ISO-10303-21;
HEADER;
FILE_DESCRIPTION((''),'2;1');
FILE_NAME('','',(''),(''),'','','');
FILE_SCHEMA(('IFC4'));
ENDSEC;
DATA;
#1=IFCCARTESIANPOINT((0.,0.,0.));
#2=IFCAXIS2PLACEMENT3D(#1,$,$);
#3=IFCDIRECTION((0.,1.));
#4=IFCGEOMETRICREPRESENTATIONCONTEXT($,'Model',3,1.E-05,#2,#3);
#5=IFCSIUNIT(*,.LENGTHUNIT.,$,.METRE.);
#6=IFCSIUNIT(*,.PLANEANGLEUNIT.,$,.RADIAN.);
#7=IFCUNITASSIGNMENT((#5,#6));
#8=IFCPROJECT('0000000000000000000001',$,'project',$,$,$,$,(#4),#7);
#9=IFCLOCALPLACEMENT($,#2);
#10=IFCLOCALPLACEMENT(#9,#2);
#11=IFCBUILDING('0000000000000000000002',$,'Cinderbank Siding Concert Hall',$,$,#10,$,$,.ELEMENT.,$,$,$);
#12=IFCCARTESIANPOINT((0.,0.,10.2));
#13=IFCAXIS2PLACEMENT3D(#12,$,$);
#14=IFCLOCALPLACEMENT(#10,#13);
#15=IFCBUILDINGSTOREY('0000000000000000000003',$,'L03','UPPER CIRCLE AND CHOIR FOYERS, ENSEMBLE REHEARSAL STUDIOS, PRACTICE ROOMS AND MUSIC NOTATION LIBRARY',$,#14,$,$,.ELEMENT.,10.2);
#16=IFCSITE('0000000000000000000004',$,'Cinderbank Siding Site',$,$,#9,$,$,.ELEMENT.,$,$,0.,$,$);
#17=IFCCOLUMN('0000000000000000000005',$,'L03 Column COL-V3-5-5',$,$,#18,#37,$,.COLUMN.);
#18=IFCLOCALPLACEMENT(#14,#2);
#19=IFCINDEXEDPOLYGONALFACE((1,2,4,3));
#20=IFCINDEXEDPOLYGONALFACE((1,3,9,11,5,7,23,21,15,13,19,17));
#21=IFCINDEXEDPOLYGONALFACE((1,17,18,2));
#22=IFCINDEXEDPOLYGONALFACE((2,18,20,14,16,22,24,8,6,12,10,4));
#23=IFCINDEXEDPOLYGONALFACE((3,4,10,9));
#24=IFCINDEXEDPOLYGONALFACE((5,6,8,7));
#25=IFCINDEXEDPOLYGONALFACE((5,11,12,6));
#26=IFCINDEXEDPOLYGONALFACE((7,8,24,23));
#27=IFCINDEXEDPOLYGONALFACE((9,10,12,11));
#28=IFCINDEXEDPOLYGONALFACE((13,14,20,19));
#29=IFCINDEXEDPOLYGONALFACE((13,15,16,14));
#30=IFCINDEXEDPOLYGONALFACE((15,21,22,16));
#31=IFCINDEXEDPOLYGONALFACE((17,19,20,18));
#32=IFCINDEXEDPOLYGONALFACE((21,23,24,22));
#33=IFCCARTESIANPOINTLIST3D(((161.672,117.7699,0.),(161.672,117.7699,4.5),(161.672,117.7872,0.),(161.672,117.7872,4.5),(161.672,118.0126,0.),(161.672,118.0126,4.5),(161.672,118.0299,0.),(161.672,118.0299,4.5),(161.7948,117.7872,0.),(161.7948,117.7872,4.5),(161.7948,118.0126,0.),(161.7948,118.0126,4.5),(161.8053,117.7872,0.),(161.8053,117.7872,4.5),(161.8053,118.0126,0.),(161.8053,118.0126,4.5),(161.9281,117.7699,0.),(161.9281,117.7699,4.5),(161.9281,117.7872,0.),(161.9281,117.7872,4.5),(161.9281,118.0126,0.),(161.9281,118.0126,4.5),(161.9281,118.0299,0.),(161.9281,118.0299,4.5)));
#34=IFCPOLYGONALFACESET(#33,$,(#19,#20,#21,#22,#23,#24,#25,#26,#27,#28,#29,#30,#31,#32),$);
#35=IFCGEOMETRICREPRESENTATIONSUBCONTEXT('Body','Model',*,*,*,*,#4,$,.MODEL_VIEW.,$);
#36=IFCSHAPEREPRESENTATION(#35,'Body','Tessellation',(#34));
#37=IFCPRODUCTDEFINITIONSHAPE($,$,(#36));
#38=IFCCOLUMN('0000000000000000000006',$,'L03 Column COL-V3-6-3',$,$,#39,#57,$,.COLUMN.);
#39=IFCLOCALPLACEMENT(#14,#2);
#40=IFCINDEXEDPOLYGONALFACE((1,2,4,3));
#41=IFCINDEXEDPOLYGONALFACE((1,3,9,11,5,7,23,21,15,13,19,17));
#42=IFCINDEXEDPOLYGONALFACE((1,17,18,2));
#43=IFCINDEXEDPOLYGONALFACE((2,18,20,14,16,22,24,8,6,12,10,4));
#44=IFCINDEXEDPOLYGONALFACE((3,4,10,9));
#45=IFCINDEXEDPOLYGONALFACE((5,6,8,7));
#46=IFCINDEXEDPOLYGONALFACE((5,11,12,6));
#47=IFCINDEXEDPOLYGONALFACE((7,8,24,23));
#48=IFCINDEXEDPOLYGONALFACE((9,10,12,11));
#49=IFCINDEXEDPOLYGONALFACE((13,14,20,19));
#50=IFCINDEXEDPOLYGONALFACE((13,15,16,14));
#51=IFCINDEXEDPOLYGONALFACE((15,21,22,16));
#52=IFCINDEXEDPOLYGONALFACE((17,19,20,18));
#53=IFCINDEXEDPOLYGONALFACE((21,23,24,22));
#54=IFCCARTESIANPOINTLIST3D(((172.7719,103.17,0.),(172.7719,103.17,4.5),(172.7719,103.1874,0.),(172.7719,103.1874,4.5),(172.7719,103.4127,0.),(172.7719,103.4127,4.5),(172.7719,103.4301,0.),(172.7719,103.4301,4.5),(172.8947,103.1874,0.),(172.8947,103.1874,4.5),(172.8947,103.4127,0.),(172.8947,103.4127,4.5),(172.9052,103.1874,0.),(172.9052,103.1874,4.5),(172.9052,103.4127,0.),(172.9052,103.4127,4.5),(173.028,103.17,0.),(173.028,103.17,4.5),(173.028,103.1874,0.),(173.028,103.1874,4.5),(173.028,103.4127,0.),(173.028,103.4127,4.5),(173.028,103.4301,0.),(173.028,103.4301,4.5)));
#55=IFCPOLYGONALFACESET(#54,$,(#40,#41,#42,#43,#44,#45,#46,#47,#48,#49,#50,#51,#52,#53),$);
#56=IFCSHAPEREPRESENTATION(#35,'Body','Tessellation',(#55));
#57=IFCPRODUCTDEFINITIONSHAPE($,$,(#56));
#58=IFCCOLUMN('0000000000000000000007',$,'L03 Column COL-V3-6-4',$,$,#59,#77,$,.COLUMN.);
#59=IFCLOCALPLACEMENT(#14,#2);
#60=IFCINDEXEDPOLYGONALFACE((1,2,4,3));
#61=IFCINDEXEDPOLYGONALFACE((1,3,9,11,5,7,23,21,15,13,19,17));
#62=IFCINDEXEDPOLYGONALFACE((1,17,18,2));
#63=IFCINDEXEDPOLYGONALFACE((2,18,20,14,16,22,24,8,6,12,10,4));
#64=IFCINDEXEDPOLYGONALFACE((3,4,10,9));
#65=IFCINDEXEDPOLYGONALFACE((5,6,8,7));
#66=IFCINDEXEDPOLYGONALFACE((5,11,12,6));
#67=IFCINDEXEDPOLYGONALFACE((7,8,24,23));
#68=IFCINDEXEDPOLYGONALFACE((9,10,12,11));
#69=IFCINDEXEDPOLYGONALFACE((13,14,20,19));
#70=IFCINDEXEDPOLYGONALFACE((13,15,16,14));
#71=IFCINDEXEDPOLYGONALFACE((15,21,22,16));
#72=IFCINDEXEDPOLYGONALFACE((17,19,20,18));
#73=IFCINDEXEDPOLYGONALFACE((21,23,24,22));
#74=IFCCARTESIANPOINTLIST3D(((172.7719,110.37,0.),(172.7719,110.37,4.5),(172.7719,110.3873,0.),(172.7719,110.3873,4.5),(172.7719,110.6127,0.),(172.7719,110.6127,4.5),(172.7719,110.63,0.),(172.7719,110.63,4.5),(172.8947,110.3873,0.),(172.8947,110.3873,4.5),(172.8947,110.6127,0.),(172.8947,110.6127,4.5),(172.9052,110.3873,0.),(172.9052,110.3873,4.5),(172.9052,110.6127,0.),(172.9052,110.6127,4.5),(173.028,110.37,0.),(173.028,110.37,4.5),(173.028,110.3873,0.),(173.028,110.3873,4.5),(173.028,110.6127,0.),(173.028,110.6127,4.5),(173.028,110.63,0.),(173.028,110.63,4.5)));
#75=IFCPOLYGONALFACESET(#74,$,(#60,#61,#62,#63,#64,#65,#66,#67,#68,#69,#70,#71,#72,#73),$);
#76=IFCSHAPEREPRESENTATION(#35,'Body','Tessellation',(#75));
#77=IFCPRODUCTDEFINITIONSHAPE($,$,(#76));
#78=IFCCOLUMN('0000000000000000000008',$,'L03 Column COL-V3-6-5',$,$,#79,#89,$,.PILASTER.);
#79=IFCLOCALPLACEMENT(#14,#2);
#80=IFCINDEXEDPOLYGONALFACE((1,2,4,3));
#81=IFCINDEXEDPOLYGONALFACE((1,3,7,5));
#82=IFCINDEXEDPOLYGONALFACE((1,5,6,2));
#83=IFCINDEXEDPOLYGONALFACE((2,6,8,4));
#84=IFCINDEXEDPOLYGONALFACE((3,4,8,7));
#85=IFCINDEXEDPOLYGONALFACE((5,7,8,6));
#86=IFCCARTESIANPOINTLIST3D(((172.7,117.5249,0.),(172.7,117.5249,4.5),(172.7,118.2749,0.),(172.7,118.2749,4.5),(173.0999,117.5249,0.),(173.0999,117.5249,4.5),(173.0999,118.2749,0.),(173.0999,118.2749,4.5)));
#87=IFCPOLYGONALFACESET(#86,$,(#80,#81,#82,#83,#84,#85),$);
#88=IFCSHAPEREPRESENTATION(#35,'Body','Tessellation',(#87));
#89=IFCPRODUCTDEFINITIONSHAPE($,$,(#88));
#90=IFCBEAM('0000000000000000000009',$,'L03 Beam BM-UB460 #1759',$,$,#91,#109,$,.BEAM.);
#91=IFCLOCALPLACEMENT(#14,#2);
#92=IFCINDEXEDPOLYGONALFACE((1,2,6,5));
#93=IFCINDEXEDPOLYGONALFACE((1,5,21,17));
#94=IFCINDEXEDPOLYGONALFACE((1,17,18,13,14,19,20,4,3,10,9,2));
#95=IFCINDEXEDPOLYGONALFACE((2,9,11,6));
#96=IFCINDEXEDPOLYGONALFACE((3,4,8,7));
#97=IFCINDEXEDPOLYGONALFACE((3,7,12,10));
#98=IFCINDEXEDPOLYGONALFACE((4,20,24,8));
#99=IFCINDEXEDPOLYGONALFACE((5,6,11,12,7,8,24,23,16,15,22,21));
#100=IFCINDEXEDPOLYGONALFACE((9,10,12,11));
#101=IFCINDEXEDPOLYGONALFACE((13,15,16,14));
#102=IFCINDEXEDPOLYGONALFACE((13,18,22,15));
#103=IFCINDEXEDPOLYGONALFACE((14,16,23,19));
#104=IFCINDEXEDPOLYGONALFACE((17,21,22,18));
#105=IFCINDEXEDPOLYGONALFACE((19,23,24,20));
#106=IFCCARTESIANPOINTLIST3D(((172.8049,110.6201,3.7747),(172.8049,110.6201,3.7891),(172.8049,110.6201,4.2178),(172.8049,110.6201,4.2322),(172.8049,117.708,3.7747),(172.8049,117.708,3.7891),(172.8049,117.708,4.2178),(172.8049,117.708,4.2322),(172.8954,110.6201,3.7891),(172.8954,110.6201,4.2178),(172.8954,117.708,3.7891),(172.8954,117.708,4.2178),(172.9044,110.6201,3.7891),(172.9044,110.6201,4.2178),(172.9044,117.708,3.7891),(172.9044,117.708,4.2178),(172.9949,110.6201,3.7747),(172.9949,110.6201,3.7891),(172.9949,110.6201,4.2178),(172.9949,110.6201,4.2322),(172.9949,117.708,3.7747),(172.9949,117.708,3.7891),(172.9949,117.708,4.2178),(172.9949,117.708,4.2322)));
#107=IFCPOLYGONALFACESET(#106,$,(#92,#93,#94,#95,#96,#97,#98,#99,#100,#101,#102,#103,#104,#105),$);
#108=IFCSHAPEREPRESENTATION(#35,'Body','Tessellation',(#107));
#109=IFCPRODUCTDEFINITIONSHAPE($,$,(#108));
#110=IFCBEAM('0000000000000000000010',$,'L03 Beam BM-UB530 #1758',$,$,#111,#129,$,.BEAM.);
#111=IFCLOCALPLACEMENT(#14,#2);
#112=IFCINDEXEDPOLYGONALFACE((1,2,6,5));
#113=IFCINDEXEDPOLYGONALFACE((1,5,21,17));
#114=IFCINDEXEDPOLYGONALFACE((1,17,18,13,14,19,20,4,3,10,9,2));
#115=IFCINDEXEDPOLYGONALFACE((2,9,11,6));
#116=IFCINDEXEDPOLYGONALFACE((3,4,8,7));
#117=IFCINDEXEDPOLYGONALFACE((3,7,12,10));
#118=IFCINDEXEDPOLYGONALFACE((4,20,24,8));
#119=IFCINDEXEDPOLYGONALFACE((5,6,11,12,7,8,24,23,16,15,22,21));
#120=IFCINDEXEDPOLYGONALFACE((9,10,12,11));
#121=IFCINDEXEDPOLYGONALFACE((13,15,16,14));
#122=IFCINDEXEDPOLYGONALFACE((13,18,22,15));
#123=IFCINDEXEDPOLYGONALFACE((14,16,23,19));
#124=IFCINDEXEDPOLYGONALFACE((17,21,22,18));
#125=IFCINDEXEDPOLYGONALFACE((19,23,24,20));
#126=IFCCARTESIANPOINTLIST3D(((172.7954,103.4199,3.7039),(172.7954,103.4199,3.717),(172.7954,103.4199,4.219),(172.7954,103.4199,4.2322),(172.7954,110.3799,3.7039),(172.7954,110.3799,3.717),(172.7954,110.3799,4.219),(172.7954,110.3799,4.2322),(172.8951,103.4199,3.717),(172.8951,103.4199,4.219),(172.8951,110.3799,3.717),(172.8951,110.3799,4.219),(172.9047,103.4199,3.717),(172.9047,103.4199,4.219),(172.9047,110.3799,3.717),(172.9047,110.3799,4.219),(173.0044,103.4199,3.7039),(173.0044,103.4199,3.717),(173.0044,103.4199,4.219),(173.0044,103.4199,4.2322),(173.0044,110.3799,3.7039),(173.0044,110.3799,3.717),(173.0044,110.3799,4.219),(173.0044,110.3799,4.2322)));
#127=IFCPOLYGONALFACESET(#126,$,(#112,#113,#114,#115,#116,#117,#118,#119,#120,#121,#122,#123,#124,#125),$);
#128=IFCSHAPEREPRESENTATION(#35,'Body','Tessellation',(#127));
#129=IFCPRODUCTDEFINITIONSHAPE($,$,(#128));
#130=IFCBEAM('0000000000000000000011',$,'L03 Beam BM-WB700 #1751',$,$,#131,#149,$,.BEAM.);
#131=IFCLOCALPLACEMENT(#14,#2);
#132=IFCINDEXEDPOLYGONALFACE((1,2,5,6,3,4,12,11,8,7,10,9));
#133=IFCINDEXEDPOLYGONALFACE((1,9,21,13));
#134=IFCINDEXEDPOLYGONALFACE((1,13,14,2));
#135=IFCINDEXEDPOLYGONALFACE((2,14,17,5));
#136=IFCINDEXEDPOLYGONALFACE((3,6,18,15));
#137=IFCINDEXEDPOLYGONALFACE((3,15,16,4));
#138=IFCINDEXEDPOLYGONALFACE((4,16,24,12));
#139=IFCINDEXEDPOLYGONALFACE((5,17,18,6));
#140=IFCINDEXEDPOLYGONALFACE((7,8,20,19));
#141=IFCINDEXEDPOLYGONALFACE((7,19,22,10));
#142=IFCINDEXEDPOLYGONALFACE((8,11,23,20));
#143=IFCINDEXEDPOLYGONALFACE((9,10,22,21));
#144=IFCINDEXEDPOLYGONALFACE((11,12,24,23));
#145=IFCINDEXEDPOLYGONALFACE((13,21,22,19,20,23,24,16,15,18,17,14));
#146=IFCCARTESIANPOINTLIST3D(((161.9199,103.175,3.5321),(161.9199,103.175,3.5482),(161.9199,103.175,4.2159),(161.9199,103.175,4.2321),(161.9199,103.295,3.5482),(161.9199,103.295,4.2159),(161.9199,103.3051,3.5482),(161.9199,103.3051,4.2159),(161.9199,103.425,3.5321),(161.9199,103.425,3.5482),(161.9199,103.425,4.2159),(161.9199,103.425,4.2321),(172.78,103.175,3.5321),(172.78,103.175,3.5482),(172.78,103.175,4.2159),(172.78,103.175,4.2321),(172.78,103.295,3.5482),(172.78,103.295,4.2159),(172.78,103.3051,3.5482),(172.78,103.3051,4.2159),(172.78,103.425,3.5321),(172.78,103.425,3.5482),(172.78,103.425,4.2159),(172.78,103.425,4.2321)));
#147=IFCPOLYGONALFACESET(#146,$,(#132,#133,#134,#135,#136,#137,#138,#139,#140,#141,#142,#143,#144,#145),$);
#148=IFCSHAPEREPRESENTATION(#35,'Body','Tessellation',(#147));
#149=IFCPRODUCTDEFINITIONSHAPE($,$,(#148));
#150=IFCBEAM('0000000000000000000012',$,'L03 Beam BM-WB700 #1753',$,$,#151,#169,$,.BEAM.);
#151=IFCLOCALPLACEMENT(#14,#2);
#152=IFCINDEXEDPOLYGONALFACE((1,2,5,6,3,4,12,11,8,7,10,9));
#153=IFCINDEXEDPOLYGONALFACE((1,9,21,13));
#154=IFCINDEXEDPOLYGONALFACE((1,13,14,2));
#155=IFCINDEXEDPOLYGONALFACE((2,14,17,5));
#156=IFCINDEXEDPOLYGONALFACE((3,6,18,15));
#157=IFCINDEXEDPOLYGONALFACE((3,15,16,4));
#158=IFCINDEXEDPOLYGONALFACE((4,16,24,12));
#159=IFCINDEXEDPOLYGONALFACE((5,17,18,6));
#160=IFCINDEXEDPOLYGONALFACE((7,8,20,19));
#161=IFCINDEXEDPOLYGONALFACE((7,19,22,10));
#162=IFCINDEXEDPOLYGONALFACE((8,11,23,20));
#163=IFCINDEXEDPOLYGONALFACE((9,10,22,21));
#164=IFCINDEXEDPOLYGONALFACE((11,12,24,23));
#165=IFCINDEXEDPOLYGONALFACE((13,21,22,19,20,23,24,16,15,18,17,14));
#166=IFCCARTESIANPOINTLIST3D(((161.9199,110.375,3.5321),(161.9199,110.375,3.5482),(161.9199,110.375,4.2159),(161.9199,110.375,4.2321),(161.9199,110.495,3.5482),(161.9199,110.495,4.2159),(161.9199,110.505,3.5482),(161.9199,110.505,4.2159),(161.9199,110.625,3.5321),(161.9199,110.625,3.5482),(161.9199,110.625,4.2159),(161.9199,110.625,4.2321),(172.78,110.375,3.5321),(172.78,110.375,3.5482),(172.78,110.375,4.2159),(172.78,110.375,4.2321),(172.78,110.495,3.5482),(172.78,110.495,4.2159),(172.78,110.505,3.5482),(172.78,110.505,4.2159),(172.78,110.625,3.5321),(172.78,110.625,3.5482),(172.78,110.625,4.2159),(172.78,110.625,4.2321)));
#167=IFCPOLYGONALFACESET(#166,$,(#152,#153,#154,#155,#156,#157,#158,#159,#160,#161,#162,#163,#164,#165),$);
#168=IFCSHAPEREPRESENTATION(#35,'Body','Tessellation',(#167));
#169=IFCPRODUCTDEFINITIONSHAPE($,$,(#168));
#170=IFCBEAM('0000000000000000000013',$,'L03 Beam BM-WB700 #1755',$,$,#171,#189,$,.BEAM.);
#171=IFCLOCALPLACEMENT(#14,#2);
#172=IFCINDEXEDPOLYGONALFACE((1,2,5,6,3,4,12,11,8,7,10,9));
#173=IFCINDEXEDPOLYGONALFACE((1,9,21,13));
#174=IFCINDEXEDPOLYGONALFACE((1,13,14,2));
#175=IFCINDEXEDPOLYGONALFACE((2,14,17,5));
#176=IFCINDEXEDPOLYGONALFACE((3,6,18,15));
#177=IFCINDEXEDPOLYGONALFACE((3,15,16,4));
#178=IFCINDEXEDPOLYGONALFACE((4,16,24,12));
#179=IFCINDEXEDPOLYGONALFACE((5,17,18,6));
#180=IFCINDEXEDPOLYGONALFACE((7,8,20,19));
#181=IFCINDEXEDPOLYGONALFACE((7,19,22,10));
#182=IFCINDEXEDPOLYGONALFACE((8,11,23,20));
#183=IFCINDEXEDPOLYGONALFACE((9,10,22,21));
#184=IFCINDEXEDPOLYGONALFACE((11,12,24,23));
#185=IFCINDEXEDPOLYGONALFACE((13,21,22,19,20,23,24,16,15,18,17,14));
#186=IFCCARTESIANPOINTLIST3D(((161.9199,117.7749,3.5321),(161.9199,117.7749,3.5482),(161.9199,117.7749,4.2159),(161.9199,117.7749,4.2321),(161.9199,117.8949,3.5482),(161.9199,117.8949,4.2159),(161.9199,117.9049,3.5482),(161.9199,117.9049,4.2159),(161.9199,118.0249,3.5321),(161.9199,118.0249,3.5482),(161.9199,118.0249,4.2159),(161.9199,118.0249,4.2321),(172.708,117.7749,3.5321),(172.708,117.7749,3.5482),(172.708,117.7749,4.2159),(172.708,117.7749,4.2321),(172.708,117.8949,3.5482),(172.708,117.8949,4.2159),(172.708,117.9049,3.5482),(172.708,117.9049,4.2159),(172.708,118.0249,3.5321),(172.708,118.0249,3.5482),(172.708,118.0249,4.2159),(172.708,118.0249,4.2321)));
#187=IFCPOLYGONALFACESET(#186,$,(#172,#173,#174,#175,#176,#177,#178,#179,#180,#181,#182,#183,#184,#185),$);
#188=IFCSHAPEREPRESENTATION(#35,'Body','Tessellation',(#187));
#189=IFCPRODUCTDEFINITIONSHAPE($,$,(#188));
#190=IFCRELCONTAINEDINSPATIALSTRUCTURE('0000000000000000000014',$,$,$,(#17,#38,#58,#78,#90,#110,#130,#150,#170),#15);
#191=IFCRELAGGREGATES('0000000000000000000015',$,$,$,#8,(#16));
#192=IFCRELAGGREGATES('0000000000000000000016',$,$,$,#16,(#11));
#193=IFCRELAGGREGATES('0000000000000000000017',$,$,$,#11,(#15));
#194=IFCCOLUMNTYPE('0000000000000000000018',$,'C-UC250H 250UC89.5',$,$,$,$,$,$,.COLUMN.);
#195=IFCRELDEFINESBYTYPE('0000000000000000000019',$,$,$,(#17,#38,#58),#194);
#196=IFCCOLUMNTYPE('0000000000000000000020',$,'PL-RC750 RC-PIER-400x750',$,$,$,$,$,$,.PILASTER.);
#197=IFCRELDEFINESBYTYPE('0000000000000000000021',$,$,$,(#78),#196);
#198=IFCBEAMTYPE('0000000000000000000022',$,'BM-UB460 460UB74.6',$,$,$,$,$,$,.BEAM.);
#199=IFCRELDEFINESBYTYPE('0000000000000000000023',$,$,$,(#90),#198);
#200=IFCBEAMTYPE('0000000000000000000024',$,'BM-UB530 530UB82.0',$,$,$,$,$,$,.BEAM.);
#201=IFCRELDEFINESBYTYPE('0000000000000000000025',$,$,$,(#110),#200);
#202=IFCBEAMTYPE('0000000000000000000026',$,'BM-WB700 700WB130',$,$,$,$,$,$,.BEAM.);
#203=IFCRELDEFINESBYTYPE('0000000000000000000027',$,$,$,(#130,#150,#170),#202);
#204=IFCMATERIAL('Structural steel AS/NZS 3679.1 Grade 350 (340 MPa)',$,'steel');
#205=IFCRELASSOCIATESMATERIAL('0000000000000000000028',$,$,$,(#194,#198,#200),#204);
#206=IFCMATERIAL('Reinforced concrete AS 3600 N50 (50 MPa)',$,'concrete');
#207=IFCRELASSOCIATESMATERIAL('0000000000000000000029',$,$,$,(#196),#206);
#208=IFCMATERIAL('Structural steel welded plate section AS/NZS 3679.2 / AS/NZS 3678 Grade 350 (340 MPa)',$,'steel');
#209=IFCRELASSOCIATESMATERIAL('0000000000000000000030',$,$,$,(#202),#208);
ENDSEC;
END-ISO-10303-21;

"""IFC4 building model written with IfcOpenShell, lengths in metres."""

from ifc_helpers import new_model, si_unit, direction, frame, origin, origin_2d, place, context, subcontext, project, spatial, rectangle, i_section, extrude, material, material_profile, profile_set, type_object, element, save


model = new_model("IFC4")

# Units and contexts
model_context = context("Model", 3, precision=1e-05, world=origin(), true_north=direction((0.0, 1.0)))
body_context = subcontext(model_context, "Body", "Model", "MODEL_VIEW")
ifc_project = project(units=[si_unit("LENGTHUNIT", "METRE"), si_unit("PLANEANGLEUNIT", "RADIAN")], contexts=[model_context])

# Site, building, storey
site_placement = place(None, origin())
site = spatial("IfcSite", under=ifc_project, at=site_placement, Name="Cinderbank Siding Site", CompositionType="ELEMENT", RefElevation=0.0)
building_placement = place(site_placement, origin())
building = spatial("IfcBuilding", under=site, at=building_placement, Name="Cinderbank Siding Concert Hall", CompositionType="ELEMENT")
storey_placement = place(building_placement, frame((0.0, 0.0, 10.2)))
storey = spatial("IfcBuildingStorey", under=building, at=storey_placement, Name="L03", Description="UPPER CIRCLE AND CHOIR FOYERS, ENSEMBLE REHEARSAL STUDIOS, PRACTICE ROOMS AND MUSIC NOTATION LIBRARY", CompositionType="ELEMENT", Elevation=10.2)

# Columns
ifc_material_1 = material(Name="Structural steel AS/NZS 3679.1 Grade 350 (340 MPa)", Category="steel")
ifc_material_profile_1 = material_profile(ifc_material_1, i_section(OverallWidth=0.2561, OverallDepth=0.26, WebThickness=0.0105, FlangeThickness=0.0173, at=origin_2d()), Name="250UC89.5", Category="LoadBearing")
ifc_profile_set_1 = profile_set([ifc_material_profile_1], Name="Structural steel AS/NZS 3679.1 Grade 350 (340 MPa)")
column_type_1 = type_object("IfcColumnType", Name="C-UC250H 250UC89.5", PredefinedType="COLUMN", material=ifc_profile_set_1)
for number, where, z_axis, x_axis, name in (
    (1, (161.8, 117.8999, 0.0), (0.0, 0.0, 1.0), (1.0, 0.0, 0.0), "L03 Column COL-V3-5-5"),
    (2, (172.8999, 103.3, 0.0), (0.0, 0.0, 1.0), (1.0, 0.0, 0.0), "L03 Column COL-V3-6-3"),
    (3, (172.8999, 110.5, 0.0), (0.0, 0.0, 1.0), (1.0, 0.0, 0.0), "L03 Column COL-V3-6-4"),
):
    element("IfcColumn", number, at=place(storey_placement, frame(where, z_axis=z_axis, x_axis=x_axis)), inside=storey, type_object=column_type_1, Name=name, PredefinedType="COLUMN", context=body_context, shape_type="SweptSolid", body=[
        extrude(i_section(OverallWidth=0.2561, OverallDepth=0.26, WebThickness=0.0105, FlangeThickness=0.0173, at=origin_2d()), origin(), (0.0, 0.0, 1.0), 4.5),
    ])
ifc_material_2 = material(Name="Reinforced concrete AS 3600 N50 (50 MPa)", Category="concrete")
ifc_material_profile_2 = material_profile(ifc_material_2, rectangle(XDim=0.3999, YDim=0.75, at=origin_2d()), Name="RC-PIER-400x750", Category="LoadBearing")
ifc_profile_set_2 = profile_set([ifc_material_profile_2], Name="Reinforced concrete AS 3600 N50 (50 MPa)")
column_type_2 = type_object("IfcColumnType", Name="PL-RC750 RC-PIER-400x750", PredefinedType="PILASTER", material=ifc_profile_set_2)
column_placement = place(storey_placement, frame((172.8999, 117.8999, 0.0), z_axis=(0.0, 0.0, 1.0), x_axis=(1.0, 0.0, 0.0)))
element("IfcColumn", 4, at=column_placement, inside=storey, type_object=column_type_2, Name="L03 Column COL-V3-6-5", PredefinedType="PILASTER", context=body_context, shape_type="SweptSolid", body=[
    extrude(rectangle(XDim=0.3999, YDim=0.75, at=origin_2d()), origin(), (0.0, 0.0, 1.0), 4.5),
])

# Beams
ifc_material_profile_3 = material_profile(ifc_material_1, i_section(OverallWidth=0.1899, OverallDepth=0.4575, WebThickness=0.009, FlangeThickness=0.0144, at=origin_2d()), Name="460UB74.6", Category="LoadBearing")
ifc_profile_set_3 = profile_set([ifc_material_profile_3], Name="Structural steel AS/NZS 3679.1 Grade 350 (340 MPa)")
beam_type_1 = type_object("IfcBeamType", Name="BM-UB460 460UB74.6", PredefinedType="BEAM", material=ifc_profile_set_3)
beam_1_placement = place(storey_placement, frame((172.8999, 110.6201, 4.0034), z_axis=(0.0, 1.0, 0.0), x_axis=(-1.0, 0.0, 0.0)))
element("IfcBeam", 5, at=beam_1_placement, inside=storey, type_object=beam_type_1, Name="L03 Beam BM-UB460 #1759", PredefinedType="BEAM", context=body_context, shape_type="SweptSolid", body=[
    extrude(i_section(OverallWidth=0.1899, OverallDepth=0.4575, WebThickness=0.009, FlangeThickness=0.0144, at=origin_2d()), origin(), (0.0, 0.0, 1.0), 7.0879),
])
ifc_material_profile_4 = material_profile(ifc_material_1, i_section(OverallWidth=0.209, OverallDepth=0.5283, WebThickness=0.0095, FlangeThickness=0.0132, at=origin_2d()), Name="530UB82.0", Category="LoadBearing")
ifc_profile_set_4 = profile_set([ifc_material_profile_4], Name="Structural steel AS/NZS 3679.1 Grade 350 (340 MPa)")
beam_type_2 = type_object("IfcBeamType", Name="BM-UB530 530UB82.0", PredefinedType="BEAM", material=ifc_profile_set_4)
beam_2_placement = place(storey_placement, frame((172.8999, 103.4199, 3.968), z_axis=(0.0, 1.0, 0.0), x_axis=(-1.0, 0.0, 0.0)))
element("IfcBeam", 6, at=beam_2_placement, inside=storey, type_object=beam_type_2, Name="L03 Beam BM-UB530 #1758", PredefinedType="BEAM", context=body_context, shape_type="SweptSolid", body=[
    extrude(i_section(OverallWidth=0.209, OverallDepth=0.5283, WebThickness=0.0095, FlangeThickness=0.0132, at=origin_2d()), origin(), (0.0, 0.0, 1.0), 6.96),
])
ifc_material_3 = material(Name="Structural steel welded plate section AS/NZS 3679.2 / AS/NZS 3678 Grade 350 (340 MPa)", Category="steel")
ifc_material_profile_5 = material_profile(ifc_material_3, i_section(OverallWidth=0.25, OverallDepth=0.7, WebThickness=0.01, FlangeThickness=0.0161, at=origin_2d()), Name="700WB130", Category="LoadBearing")
ifc_profile_set_5 = profile_set([ifc_material_profile_5], Name="Structural steel welded plate section AS/NZS 3679.2 / AS/NZS 3678 Grade 350 (340 MPa)")
beam_type_3 = type_object("IfcBeamType", Name="BM-WB700 700WB130", PredefinedType="BEAM", material=ifc_profile_set_5)
for number, where, z_axis, x_axis, name in (
    (7, (161.9199, 103.3, 3.8821), (1.0, 0.0, 0.0), (0.0, 1.0, 0.0), "L03 Beam BM-WB700 #1751"),
    (8, (161.9199, 110.5, 3.8821), (1.0, 0.0, 0.0), (0.0, 1.0, 0.0), "L03 Beam BM-WB700 #1753"),
):
    element("IfcBeam", number, at=place(storey_placement, frame(where, z_axis=z_axis, x_axis=x_axis)), inside=storey, type_object=beam_type_3, Name=name, PredefinedType="BEAM", context=body_context, shape_type="SweptSolid", body=[
        extrude(i_section(OverallWidth=0.25, OverallDepth=0.7, WebThickness=0.01, FlangeThickness=0.0161, at=origin_2d()), origin(), (0.0, 0.0, 1.0), 10.8601),
    ])
beam_3_placement = place(storey_placement, frame((161.9199, 117.8999, 3.8821), z_axis=(1.0, 0.0, 0.0), x_axis=(0.0, 1.0, 0.0)))
element("IfcBeam", 9, at=beam_3_placement, inside=storey, type_object=beam_type_3, Name="L03 Beam BM-WB700 #1755", PredefinedType="BEAM", context=body_context, shape_type="SweptSolid", body=[
    extrude(i_section(OverallWidth=0.25, OverallDepth=0.7, WebThickness=0.01, FlangeThickness=0.0161, at=origin_2d()), origin(), (0.0, 0.0, 1.0), 10.7881),
])

save(model, "model.ifc")
